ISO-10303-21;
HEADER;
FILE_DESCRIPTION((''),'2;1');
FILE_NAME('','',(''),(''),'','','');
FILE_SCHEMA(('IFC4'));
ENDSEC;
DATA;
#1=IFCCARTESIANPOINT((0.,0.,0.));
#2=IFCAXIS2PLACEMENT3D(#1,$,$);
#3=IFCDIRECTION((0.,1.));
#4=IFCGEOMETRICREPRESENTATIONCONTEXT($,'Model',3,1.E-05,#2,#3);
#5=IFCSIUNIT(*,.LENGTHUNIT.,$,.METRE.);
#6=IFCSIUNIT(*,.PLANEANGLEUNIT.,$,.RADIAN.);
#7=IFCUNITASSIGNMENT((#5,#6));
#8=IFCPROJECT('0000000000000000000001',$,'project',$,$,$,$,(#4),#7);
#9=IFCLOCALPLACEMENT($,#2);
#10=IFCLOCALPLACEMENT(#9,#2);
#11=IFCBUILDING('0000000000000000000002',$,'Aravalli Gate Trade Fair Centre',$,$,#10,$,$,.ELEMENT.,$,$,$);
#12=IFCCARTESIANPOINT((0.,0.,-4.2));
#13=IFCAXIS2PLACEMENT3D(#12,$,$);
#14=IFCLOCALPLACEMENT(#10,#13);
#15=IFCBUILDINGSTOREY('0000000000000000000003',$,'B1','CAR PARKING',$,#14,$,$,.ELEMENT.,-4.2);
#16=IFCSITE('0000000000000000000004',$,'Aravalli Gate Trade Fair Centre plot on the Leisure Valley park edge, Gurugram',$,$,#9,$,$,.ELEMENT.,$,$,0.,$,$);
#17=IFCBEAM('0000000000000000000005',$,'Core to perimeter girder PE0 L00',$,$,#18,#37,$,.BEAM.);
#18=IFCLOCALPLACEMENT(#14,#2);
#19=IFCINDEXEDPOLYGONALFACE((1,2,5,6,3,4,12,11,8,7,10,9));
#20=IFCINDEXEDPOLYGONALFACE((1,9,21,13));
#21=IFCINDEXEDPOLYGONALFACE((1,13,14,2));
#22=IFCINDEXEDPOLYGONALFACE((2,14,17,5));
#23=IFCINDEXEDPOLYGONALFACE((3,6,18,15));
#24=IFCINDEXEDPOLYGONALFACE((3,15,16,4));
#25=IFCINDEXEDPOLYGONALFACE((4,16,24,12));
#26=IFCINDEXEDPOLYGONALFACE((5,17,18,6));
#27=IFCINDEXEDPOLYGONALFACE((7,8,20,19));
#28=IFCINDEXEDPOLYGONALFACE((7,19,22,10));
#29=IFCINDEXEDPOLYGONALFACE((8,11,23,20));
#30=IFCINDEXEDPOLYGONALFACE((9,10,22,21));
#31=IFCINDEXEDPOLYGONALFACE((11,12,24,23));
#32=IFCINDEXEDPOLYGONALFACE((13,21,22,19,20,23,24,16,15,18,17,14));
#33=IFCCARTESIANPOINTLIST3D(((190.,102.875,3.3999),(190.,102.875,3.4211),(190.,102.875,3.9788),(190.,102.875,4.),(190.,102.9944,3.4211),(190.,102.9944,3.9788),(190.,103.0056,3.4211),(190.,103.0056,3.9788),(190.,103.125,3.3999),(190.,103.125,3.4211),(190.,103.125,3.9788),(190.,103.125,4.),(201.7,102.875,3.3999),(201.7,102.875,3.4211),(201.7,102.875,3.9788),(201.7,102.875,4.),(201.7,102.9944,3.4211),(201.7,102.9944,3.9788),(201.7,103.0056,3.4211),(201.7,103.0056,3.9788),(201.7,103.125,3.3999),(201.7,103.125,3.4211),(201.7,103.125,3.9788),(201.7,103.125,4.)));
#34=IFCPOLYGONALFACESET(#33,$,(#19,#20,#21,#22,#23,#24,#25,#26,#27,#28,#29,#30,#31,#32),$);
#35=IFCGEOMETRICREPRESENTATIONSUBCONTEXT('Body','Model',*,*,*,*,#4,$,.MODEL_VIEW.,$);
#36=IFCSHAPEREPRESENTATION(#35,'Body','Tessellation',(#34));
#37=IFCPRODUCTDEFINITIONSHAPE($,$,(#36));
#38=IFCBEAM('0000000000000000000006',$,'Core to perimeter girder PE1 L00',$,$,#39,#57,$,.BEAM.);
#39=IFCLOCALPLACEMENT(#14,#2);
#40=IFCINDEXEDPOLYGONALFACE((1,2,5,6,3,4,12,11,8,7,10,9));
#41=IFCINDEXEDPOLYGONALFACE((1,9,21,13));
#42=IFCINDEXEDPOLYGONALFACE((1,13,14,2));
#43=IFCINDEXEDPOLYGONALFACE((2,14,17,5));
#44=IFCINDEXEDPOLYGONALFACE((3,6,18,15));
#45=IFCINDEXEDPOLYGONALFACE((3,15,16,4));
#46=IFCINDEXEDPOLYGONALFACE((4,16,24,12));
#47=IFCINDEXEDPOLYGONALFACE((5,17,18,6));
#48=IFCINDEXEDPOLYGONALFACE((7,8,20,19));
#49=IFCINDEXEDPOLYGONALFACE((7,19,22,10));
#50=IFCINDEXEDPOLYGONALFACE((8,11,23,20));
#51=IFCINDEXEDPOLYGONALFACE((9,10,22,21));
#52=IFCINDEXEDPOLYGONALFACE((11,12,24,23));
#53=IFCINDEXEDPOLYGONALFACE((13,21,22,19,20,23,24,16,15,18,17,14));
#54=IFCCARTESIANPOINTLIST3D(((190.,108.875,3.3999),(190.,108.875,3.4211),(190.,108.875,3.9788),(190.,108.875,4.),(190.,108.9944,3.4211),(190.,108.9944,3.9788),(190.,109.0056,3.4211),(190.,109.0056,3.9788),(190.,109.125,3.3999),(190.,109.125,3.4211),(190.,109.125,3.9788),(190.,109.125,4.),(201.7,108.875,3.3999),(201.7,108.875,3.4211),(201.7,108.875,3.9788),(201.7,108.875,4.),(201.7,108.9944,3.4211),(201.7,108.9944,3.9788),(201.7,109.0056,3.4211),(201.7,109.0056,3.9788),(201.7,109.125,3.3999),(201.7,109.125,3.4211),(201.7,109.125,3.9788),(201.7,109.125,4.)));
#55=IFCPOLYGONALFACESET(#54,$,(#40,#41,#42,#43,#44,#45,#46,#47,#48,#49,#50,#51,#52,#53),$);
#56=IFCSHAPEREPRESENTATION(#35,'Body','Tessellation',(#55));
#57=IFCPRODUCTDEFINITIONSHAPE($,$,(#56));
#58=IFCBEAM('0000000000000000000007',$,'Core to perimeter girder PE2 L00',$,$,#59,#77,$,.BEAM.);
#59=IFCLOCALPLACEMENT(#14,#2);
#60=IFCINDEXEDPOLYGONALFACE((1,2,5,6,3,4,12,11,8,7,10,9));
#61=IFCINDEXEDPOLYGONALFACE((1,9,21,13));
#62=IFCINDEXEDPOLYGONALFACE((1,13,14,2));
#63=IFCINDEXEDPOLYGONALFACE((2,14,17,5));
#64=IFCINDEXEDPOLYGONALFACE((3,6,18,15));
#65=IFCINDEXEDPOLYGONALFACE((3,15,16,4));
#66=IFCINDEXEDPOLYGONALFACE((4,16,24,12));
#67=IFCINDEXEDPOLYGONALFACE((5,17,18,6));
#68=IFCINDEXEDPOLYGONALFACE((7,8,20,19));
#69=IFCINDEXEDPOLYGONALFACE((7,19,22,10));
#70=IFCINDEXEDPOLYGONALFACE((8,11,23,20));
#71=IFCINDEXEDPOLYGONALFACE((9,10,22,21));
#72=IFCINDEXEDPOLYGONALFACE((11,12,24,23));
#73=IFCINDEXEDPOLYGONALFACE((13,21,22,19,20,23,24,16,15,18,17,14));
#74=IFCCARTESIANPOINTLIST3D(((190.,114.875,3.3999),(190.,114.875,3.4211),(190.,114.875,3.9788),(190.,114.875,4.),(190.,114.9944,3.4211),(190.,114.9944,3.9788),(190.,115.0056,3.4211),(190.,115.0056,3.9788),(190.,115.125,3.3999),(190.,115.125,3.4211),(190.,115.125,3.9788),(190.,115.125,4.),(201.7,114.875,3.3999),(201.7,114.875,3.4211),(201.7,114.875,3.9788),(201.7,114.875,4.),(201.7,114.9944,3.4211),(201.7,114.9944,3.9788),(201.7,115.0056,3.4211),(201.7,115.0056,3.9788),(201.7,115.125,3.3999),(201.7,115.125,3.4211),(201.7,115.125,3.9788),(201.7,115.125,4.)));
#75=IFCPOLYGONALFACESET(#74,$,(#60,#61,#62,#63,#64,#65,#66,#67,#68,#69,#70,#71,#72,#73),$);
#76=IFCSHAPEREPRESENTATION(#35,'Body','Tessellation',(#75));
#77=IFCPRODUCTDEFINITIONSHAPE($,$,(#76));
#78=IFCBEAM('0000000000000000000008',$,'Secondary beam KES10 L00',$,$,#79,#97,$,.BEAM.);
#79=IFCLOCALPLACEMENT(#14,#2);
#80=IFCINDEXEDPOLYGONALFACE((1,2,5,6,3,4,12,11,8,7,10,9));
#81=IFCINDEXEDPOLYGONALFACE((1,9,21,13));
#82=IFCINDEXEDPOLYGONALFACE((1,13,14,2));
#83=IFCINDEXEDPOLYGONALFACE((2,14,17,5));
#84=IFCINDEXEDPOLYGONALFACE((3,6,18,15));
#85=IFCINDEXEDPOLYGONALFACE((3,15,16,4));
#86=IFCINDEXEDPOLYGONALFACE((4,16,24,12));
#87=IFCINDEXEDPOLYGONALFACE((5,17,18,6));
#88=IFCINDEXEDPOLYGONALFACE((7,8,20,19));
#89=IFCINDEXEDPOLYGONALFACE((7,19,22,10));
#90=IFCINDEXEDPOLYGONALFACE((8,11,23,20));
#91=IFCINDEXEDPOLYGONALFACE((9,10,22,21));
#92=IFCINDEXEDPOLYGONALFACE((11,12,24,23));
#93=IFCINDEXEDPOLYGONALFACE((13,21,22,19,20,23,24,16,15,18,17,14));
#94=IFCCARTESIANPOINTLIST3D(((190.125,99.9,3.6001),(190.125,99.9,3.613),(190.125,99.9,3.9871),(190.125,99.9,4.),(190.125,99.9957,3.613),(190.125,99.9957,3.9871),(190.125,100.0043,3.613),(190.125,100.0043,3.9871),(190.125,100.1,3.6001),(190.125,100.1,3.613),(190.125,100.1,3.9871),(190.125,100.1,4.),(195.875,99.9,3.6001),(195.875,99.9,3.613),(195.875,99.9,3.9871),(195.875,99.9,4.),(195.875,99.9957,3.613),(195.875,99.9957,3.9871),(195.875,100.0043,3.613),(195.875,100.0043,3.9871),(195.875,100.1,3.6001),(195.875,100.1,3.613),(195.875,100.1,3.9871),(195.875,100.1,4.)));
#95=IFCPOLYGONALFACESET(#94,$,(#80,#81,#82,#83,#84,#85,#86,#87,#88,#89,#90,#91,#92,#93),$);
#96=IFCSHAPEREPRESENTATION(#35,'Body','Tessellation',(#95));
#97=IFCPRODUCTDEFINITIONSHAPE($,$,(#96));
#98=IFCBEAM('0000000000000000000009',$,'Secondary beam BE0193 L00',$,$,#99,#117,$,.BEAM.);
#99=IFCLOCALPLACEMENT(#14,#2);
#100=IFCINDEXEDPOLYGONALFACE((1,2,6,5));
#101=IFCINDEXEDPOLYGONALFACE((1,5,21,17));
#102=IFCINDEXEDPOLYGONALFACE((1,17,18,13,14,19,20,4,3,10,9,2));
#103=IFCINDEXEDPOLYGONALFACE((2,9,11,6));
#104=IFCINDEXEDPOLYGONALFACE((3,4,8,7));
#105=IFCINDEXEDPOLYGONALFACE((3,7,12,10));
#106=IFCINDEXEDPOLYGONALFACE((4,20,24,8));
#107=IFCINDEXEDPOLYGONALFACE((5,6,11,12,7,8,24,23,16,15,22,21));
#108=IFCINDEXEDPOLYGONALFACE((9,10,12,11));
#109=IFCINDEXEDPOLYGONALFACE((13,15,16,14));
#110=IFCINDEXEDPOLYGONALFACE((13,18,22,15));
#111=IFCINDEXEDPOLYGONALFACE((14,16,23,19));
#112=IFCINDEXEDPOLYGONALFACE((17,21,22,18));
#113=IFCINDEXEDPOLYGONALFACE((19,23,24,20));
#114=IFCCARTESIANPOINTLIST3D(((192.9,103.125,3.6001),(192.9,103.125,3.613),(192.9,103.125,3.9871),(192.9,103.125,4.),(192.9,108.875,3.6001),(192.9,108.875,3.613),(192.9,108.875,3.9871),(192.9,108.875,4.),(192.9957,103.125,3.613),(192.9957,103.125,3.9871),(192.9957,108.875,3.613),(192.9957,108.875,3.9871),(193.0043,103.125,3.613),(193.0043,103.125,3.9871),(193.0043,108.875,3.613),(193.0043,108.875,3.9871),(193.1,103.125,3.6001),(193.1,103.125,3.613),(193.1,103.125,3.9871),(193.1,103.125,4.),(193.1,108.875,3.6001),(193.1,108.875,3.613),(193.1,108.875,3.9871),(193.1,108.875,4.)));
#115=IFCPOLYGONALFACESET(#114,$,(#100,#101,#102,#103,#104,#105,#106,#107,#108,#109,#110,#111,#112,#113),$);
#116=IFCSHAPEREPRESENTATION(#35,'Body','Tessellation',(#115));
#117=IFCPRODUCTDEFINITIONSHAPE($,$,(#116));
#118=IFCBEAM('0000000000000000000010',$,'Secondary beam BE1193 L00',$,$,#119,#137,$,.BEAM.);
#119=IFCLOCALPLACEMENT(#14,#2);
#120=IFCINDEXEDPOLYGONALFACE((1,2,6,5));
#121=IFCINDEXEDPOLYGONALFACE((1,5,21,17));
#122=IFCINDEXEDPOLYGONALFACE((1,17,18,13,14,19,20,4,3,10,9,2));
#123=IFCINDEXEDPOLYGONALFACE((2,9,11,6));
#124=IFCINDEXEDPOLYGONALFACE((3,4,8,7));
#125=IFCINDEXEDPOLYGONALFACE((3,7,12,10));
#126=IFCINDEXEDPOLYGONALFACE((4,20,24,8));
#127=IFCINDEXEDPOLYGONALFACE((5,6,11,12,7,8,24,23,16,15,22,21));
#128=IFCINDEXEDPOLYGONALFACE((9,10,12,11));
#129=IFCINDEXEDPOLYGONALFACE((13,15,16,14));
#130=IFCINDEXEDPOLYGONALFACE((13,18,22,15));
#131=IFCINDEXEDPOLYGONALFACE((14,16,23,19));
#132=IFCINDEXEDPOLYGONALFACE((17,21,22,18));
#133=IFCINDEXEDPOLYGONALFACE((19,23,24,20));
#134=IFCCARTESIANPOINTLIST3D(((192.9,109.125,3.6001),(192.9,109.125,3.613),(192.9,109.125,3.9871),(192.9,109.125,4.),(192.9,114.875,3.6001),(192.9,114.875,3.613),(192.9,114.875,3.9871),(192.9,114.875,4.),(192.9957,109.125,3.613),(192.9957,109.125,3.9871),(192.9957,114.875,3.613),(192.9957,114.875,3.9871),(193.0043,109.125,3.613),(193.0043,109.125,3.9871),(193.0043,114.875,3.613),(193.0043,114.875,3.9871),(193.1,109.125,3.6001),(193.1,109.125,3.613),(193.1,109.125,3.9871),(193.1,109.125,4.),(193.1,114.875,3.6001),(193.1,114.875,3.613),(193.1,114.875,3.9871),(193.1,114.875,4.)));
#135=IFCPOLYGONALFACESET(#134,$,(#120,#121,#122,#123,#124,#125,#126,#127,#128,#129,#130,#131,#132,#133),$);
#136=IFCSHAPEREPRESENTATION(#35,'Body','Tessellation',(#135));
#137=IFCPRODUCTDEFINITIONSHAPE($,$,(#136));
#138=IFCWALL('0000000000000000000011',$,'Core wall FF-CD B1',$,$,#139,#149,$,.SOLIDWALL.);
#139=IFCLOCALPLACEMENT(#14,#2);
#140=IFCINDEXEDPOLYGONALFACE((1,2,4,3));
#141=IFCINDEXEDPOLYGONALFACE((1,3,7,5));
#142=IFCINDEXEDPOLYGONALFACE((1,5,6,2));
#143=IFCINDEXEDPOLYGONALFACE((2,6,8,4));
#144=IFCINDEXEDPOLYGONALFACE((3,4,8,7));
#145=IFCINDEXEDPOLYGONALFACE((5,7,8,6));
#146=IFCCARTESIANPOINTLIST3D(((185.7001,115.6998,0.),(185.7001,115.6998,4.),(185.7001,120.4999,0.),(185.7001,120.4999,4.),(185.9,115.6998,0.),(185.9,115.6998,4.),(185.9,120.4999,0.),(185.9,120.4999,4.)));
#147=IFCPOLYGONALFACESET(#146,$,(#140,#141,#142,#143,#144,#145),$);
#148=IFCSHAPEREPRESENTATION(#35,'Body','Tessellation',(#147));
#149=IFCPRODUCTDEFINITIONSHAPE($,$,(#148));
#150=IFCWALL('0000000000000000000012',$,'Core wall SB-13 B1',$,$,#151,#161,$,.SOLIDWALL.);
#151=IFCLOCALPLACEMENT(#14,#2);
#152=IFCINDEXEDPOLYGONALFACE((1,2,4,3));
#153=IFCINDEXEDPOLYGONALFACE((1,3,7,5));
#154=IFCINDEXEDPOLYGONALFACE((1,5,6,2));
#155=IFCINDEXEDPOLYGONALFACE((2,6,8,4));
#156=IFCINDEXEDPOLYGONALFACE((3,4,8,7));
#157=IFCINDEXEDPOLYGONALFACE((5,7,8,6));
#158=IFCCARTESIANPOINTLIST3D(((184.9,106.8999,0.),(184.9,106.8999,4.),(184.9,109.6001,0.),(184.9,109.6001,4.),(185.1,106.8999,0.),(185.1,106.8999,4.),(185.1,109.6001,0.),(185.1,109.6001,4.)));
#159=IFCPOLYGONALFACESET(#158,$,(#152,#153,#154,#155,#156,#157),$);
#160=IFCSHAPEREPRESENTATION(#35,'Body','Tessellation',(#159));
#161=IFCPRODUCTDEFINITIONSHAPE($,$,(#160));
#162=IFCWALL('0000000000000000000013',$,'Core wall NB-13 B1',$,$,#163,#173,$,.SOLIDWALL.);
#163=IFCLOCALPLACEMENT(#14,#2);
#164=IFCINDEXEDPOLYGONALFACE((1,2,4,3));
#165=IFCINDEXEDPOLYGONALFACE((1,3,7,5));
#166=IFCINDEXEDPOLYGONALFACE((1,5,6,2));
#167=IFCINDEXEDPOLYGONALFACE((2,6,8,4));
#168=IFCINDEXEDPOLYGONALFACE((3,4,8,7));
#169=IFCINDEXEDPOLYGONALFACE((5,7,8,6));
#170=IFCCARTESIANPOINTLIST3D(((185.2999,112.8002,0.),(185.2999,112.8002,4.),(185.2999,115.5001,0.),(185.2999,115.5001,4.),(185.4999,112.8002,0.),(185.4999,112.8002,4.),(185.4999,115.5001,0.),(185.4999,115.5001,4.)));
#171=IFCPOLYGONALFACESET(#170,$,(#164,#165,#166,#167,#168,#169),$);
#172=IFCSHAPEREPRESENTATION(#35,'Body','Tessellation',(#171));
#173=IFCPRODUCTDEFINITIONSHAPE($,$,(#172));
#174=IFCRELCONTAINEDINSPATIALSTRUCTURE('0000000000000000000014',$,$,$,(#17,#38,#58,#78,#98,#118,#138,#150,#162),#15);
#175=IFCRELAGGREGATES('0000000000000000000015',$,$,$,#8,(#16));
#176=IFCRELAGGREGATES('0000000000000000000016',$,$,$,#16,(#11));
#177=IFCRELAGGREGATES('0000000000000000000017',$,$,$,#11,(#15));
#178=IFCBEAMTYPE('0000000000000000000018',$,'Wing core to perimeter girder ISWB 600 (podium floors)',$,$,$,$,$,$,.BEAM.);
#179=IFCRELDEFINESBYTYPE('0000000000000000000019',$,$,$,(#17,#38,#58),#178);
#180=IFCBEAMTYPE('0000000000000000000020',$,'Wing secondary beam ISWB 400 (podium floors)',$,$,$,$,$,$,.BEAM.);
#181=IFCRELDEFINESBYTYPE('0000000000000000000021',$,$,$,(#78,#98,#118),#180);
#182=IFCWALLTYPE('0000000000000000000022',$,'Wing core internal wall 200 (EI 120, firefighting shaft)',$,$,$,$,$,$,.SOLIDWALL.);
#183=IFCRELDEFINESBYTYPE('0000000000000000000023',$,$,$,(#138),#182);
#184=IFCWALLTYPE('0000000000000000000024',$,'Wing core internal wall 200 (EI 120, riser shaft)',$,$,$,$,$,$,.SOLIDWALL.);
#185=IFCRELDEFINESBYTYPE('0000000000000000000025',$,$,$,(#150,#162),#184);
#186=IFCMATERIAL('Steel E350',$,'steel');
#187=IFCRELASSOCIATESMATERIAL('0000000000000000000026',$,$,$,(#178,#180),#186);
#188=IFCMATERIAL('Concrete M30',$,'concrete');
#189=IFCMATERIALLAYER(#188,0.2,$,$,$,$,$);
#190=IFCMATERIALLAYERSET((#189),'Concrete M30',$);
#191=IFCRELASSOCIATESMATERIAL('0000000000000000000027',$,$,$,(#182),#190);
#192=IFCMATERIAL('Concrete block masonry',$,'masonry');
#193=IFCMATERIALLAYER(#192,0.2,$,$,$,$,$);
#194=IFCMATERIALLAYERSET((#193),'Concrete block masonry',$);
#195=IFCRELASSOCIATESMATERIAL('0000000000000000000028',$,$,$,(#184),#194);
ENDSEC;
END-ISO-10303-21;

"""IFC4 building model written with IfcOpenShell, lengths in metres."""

from ifc_helpers import new_model, si_unit, direction, frame, frame_2d, origin, origin_2d, place, context, subcontext, project, spatial, rectangle, i_section, extrude, material, layer, layer_set, material_profile, profile_set, type_object, element, save


model = new_model("IFC4")

# Units and contexts
model_context = context("Model", 3, precision=1e-05, world=origin(), true_north=direction((0.0, 1.0)))
body_context = subcontext(model_context, "Body", "Model", "MODEL_VIEW")
ifc_project = project(units=[si_unit("LENGTHUNIT", "METRE"), si_unit("PLANEANGLEUNIT", "RADIAN")], contexts=[model_context])

# Site, building, storey
site_placement = place(None, origin())
site = spatial("IfcSite", under=ifc_project, at=site_placement, Name="Aravalli Gate Trade Fair Centre plot on the Leisure Valley park edge, Gurugram", CompositionType="ELEMENT", RefElevation=0.0)
building_placement = place(site_placement, origin())
building = spatial("IfcBuilding", under=site, at=building_placement, Name="Aravalli Gate Trade Fair Centre", CompositionType="ELEMENT")
storey_placement = place(building_placement, frame((0.0, 0.0, -4.2)))
storey = spatial("IfcBuildingStorey", under=building, at=storey_placement, Name="B1", Description="CAR PARKING", CompositionType="ELEMENT", Elevation=-4.2)

# Beams
ifc_material_1 = material(Name="Steel E350", Category="steel")
ifc_material_profile_1 = material_profile(ifc_material_1, i_section(OverallWidth=0.25, OverallDepth=0.6001, WebThickness=0.0112, FlangeThickness=0.0212, at=origin_2d()), Name="ISWB 600")
ifc_profile_set_1 = profile_set([ifc_material_profile_1], Name="Steel E350")
beam_type_1 = type_object("IfcBeamType", Name="Wing core to perimeter girder ISWB 600 (podium floors)", PredefinedType="BEAM", material=ifc_profile_set_1)
for number, where, z_axis, x_axis, name in (
    (1, (190.0, 103.0, 3.7), (1.0, 0.0, 0.0), (0.0, 1.0, 0.0), "Core to perimeter girder PE0 L00"),
    (2, (190.0, 109.0, 3.7), (1.0, 0.0, 0.0), (0.0, 1.0, 0.0), "Core to perimeter girder PE1 L00"),
    (3, (190.0, 115.0, 3.7), (1.0, 0.0, 0.0), (0.0, 1.0, 0.0), "Core to perimeter girder PE2 L00"),
):
    element("IfcBeam", number, at=place(storey_placement, frame(where, z_axis=z_axis, x_axis=x_axis)), inside=storey, type_object=beam_type_1, Name=name, PredefinedType="BEAM", context=body_context, shape_type="SweptSolid", body=[
        extrude(i_section(OverallWidth=0.25, OverallDepth=0.6001, WebThickness=0.0112, FlangeThickness=0.0212, at=origin_2d()), origin(), (0.0, 0.0, 1.0), 11.7),
    ])
ifc_material_profile_2 = material_profile(ifc_material_1, i_section(OverallWidth=0.2, OverallDepth=0.3999, WebThickness=0.0085, FlangeThickness=0.0129, at=origin_2d()), Name="ISWB 400")
ifc_profile_set_2 = profile_set([ifc_material_profile_2], Name="Steel E350")
beam_type_2 = type_object("IfcBeamType", Name="Wing secondary beam ISWB 400 (podium floors)", PredefinedType="BEAM", material=ifc_profile_set_2)
for number, where, z_axis, x_axis, name in (
    (4, (190.125, 100.0, 3.8), (1.0, 0.0, 0.0), (0.0, 1.0, 0.0), "Secondary beam KES10 L00"),
    (5, (193.0, 103.125, 3.8), (0.0, 1.0, 0.0), (-1.0, 0.0, 0.0), "Secondary beam BE0193 L00"),
    (6, (193.0, 109.125, 3.8), (0.0, 1.0, 0.0), (-1.0, 0.0, 0.0), "Secondary beam BE1193 L00"),
):
    element("IfcBeam", number, at=place(storey_placement, frame(where, z_axis=z_axis, x_axis=x_axis)), inside=storey, type_object=beam_type_2, Name=name, PredefinedType="BEAM", context=body_context, shape_type="SweptSolid", body=[
        extrude(i_section(OverallWidth=0.2, OverallDepth=0.3999, WebThickness=0.0085, FlangeThickness=0.0129, at=origin_2d()), origin(), (0.0, 0.0, 1.0), 5.75),
    ])

# Walls
ifc_material_2 = material(Name="Concrete M30", Category="concrete")
ifc_layer_1 = layer(ifc_material_2, 0.2)
ifc_layer_set_1 = layer_set([ifc_layer_1], Name="Concrete M30")
wall_type_1 = type_object("IfcWallType", Name="Wing core internal wall 200 (EI 120, firefighting shaft)", PredefinedType="SOLIDWALL", material=ifc_layer_set_1)
wall_1_placement = place(storey_placement, frame((185.8, 115.7, 0.0), z_axis=(0.0, 0.0, 1.0), x_axis=(0.0, 1.0, 0.0)))
element("IfcWall", 7, at=wall_1_placement, inside=storey, type_object=wall_type_1, Name="Core wall FF-CD B1", PredefinedType="SOLIDWALL", context=body_context, shape_type="SweptSolid", body=[
    extrude(rectangle(XDim=4.8, YDim=0.2, at=frame_2d((2.3999, 0.0))), origin(), (0.0, 0.0, 1.0), 4.0),
])
ifc_material_3 = material(Name="Concrete block masonry", Category="masonry")
ifc_layer_2 = layer(ifc_material_3, 0.2)
ifc_layer_set_2 = layer_set([ifc_layer_2], Name="Concrete block masonry")
wall_type_2 = type_object("IfcWallType", Name="Wing core internal wall 200 (EI 120, riser shaft)", PredefinedType="SOLIDWALL", material=ifc_layer_set_2)
wall_2_placement = place(storey_placement, frame((185.0, 106.8999, 0.0), z_axis=(0.0, 0.0, 1.0), x_axis=(0.0, 1.0, 0.0)))
element("IfcWall", 8, at=wall_2_placement, inside=storey, type_object=wall_type_2, Name="Core wall SB-13 B1", PredefinedType="SOLIDWALL", context=body_context, shape_type="SweptSolid", body=[
    extrude(rectangle(XDim=2.7002, YDim=0.2, at=frame_2d((1.3501, 0.0))), origin(), (0.0, 0.0, 1.0), 4.0),
])
wall_3_placement = place(storey_placement, frame((185.3999, 112.8, 0.0), z_axis=(0.0, 0.0, 1.0), x_axis=(0.0, 1.0, 0.0)))
element("IfcWall", 9, at=wall_3_placement, inside=storey, type_object=wall_type_2, Name="Core wall NB-13 B1", PredefinedType="SOLIDWALL", context=body_context, shape_type="SweptSolid", body=[
    extrude(rectangle(XDim=2.7, YDim=0.2, at=frame_2d((1.3501, 0.0))), origin(), (0.0, 0.0, 1.0), 4.0),
])

save(model, "model.ifc")
